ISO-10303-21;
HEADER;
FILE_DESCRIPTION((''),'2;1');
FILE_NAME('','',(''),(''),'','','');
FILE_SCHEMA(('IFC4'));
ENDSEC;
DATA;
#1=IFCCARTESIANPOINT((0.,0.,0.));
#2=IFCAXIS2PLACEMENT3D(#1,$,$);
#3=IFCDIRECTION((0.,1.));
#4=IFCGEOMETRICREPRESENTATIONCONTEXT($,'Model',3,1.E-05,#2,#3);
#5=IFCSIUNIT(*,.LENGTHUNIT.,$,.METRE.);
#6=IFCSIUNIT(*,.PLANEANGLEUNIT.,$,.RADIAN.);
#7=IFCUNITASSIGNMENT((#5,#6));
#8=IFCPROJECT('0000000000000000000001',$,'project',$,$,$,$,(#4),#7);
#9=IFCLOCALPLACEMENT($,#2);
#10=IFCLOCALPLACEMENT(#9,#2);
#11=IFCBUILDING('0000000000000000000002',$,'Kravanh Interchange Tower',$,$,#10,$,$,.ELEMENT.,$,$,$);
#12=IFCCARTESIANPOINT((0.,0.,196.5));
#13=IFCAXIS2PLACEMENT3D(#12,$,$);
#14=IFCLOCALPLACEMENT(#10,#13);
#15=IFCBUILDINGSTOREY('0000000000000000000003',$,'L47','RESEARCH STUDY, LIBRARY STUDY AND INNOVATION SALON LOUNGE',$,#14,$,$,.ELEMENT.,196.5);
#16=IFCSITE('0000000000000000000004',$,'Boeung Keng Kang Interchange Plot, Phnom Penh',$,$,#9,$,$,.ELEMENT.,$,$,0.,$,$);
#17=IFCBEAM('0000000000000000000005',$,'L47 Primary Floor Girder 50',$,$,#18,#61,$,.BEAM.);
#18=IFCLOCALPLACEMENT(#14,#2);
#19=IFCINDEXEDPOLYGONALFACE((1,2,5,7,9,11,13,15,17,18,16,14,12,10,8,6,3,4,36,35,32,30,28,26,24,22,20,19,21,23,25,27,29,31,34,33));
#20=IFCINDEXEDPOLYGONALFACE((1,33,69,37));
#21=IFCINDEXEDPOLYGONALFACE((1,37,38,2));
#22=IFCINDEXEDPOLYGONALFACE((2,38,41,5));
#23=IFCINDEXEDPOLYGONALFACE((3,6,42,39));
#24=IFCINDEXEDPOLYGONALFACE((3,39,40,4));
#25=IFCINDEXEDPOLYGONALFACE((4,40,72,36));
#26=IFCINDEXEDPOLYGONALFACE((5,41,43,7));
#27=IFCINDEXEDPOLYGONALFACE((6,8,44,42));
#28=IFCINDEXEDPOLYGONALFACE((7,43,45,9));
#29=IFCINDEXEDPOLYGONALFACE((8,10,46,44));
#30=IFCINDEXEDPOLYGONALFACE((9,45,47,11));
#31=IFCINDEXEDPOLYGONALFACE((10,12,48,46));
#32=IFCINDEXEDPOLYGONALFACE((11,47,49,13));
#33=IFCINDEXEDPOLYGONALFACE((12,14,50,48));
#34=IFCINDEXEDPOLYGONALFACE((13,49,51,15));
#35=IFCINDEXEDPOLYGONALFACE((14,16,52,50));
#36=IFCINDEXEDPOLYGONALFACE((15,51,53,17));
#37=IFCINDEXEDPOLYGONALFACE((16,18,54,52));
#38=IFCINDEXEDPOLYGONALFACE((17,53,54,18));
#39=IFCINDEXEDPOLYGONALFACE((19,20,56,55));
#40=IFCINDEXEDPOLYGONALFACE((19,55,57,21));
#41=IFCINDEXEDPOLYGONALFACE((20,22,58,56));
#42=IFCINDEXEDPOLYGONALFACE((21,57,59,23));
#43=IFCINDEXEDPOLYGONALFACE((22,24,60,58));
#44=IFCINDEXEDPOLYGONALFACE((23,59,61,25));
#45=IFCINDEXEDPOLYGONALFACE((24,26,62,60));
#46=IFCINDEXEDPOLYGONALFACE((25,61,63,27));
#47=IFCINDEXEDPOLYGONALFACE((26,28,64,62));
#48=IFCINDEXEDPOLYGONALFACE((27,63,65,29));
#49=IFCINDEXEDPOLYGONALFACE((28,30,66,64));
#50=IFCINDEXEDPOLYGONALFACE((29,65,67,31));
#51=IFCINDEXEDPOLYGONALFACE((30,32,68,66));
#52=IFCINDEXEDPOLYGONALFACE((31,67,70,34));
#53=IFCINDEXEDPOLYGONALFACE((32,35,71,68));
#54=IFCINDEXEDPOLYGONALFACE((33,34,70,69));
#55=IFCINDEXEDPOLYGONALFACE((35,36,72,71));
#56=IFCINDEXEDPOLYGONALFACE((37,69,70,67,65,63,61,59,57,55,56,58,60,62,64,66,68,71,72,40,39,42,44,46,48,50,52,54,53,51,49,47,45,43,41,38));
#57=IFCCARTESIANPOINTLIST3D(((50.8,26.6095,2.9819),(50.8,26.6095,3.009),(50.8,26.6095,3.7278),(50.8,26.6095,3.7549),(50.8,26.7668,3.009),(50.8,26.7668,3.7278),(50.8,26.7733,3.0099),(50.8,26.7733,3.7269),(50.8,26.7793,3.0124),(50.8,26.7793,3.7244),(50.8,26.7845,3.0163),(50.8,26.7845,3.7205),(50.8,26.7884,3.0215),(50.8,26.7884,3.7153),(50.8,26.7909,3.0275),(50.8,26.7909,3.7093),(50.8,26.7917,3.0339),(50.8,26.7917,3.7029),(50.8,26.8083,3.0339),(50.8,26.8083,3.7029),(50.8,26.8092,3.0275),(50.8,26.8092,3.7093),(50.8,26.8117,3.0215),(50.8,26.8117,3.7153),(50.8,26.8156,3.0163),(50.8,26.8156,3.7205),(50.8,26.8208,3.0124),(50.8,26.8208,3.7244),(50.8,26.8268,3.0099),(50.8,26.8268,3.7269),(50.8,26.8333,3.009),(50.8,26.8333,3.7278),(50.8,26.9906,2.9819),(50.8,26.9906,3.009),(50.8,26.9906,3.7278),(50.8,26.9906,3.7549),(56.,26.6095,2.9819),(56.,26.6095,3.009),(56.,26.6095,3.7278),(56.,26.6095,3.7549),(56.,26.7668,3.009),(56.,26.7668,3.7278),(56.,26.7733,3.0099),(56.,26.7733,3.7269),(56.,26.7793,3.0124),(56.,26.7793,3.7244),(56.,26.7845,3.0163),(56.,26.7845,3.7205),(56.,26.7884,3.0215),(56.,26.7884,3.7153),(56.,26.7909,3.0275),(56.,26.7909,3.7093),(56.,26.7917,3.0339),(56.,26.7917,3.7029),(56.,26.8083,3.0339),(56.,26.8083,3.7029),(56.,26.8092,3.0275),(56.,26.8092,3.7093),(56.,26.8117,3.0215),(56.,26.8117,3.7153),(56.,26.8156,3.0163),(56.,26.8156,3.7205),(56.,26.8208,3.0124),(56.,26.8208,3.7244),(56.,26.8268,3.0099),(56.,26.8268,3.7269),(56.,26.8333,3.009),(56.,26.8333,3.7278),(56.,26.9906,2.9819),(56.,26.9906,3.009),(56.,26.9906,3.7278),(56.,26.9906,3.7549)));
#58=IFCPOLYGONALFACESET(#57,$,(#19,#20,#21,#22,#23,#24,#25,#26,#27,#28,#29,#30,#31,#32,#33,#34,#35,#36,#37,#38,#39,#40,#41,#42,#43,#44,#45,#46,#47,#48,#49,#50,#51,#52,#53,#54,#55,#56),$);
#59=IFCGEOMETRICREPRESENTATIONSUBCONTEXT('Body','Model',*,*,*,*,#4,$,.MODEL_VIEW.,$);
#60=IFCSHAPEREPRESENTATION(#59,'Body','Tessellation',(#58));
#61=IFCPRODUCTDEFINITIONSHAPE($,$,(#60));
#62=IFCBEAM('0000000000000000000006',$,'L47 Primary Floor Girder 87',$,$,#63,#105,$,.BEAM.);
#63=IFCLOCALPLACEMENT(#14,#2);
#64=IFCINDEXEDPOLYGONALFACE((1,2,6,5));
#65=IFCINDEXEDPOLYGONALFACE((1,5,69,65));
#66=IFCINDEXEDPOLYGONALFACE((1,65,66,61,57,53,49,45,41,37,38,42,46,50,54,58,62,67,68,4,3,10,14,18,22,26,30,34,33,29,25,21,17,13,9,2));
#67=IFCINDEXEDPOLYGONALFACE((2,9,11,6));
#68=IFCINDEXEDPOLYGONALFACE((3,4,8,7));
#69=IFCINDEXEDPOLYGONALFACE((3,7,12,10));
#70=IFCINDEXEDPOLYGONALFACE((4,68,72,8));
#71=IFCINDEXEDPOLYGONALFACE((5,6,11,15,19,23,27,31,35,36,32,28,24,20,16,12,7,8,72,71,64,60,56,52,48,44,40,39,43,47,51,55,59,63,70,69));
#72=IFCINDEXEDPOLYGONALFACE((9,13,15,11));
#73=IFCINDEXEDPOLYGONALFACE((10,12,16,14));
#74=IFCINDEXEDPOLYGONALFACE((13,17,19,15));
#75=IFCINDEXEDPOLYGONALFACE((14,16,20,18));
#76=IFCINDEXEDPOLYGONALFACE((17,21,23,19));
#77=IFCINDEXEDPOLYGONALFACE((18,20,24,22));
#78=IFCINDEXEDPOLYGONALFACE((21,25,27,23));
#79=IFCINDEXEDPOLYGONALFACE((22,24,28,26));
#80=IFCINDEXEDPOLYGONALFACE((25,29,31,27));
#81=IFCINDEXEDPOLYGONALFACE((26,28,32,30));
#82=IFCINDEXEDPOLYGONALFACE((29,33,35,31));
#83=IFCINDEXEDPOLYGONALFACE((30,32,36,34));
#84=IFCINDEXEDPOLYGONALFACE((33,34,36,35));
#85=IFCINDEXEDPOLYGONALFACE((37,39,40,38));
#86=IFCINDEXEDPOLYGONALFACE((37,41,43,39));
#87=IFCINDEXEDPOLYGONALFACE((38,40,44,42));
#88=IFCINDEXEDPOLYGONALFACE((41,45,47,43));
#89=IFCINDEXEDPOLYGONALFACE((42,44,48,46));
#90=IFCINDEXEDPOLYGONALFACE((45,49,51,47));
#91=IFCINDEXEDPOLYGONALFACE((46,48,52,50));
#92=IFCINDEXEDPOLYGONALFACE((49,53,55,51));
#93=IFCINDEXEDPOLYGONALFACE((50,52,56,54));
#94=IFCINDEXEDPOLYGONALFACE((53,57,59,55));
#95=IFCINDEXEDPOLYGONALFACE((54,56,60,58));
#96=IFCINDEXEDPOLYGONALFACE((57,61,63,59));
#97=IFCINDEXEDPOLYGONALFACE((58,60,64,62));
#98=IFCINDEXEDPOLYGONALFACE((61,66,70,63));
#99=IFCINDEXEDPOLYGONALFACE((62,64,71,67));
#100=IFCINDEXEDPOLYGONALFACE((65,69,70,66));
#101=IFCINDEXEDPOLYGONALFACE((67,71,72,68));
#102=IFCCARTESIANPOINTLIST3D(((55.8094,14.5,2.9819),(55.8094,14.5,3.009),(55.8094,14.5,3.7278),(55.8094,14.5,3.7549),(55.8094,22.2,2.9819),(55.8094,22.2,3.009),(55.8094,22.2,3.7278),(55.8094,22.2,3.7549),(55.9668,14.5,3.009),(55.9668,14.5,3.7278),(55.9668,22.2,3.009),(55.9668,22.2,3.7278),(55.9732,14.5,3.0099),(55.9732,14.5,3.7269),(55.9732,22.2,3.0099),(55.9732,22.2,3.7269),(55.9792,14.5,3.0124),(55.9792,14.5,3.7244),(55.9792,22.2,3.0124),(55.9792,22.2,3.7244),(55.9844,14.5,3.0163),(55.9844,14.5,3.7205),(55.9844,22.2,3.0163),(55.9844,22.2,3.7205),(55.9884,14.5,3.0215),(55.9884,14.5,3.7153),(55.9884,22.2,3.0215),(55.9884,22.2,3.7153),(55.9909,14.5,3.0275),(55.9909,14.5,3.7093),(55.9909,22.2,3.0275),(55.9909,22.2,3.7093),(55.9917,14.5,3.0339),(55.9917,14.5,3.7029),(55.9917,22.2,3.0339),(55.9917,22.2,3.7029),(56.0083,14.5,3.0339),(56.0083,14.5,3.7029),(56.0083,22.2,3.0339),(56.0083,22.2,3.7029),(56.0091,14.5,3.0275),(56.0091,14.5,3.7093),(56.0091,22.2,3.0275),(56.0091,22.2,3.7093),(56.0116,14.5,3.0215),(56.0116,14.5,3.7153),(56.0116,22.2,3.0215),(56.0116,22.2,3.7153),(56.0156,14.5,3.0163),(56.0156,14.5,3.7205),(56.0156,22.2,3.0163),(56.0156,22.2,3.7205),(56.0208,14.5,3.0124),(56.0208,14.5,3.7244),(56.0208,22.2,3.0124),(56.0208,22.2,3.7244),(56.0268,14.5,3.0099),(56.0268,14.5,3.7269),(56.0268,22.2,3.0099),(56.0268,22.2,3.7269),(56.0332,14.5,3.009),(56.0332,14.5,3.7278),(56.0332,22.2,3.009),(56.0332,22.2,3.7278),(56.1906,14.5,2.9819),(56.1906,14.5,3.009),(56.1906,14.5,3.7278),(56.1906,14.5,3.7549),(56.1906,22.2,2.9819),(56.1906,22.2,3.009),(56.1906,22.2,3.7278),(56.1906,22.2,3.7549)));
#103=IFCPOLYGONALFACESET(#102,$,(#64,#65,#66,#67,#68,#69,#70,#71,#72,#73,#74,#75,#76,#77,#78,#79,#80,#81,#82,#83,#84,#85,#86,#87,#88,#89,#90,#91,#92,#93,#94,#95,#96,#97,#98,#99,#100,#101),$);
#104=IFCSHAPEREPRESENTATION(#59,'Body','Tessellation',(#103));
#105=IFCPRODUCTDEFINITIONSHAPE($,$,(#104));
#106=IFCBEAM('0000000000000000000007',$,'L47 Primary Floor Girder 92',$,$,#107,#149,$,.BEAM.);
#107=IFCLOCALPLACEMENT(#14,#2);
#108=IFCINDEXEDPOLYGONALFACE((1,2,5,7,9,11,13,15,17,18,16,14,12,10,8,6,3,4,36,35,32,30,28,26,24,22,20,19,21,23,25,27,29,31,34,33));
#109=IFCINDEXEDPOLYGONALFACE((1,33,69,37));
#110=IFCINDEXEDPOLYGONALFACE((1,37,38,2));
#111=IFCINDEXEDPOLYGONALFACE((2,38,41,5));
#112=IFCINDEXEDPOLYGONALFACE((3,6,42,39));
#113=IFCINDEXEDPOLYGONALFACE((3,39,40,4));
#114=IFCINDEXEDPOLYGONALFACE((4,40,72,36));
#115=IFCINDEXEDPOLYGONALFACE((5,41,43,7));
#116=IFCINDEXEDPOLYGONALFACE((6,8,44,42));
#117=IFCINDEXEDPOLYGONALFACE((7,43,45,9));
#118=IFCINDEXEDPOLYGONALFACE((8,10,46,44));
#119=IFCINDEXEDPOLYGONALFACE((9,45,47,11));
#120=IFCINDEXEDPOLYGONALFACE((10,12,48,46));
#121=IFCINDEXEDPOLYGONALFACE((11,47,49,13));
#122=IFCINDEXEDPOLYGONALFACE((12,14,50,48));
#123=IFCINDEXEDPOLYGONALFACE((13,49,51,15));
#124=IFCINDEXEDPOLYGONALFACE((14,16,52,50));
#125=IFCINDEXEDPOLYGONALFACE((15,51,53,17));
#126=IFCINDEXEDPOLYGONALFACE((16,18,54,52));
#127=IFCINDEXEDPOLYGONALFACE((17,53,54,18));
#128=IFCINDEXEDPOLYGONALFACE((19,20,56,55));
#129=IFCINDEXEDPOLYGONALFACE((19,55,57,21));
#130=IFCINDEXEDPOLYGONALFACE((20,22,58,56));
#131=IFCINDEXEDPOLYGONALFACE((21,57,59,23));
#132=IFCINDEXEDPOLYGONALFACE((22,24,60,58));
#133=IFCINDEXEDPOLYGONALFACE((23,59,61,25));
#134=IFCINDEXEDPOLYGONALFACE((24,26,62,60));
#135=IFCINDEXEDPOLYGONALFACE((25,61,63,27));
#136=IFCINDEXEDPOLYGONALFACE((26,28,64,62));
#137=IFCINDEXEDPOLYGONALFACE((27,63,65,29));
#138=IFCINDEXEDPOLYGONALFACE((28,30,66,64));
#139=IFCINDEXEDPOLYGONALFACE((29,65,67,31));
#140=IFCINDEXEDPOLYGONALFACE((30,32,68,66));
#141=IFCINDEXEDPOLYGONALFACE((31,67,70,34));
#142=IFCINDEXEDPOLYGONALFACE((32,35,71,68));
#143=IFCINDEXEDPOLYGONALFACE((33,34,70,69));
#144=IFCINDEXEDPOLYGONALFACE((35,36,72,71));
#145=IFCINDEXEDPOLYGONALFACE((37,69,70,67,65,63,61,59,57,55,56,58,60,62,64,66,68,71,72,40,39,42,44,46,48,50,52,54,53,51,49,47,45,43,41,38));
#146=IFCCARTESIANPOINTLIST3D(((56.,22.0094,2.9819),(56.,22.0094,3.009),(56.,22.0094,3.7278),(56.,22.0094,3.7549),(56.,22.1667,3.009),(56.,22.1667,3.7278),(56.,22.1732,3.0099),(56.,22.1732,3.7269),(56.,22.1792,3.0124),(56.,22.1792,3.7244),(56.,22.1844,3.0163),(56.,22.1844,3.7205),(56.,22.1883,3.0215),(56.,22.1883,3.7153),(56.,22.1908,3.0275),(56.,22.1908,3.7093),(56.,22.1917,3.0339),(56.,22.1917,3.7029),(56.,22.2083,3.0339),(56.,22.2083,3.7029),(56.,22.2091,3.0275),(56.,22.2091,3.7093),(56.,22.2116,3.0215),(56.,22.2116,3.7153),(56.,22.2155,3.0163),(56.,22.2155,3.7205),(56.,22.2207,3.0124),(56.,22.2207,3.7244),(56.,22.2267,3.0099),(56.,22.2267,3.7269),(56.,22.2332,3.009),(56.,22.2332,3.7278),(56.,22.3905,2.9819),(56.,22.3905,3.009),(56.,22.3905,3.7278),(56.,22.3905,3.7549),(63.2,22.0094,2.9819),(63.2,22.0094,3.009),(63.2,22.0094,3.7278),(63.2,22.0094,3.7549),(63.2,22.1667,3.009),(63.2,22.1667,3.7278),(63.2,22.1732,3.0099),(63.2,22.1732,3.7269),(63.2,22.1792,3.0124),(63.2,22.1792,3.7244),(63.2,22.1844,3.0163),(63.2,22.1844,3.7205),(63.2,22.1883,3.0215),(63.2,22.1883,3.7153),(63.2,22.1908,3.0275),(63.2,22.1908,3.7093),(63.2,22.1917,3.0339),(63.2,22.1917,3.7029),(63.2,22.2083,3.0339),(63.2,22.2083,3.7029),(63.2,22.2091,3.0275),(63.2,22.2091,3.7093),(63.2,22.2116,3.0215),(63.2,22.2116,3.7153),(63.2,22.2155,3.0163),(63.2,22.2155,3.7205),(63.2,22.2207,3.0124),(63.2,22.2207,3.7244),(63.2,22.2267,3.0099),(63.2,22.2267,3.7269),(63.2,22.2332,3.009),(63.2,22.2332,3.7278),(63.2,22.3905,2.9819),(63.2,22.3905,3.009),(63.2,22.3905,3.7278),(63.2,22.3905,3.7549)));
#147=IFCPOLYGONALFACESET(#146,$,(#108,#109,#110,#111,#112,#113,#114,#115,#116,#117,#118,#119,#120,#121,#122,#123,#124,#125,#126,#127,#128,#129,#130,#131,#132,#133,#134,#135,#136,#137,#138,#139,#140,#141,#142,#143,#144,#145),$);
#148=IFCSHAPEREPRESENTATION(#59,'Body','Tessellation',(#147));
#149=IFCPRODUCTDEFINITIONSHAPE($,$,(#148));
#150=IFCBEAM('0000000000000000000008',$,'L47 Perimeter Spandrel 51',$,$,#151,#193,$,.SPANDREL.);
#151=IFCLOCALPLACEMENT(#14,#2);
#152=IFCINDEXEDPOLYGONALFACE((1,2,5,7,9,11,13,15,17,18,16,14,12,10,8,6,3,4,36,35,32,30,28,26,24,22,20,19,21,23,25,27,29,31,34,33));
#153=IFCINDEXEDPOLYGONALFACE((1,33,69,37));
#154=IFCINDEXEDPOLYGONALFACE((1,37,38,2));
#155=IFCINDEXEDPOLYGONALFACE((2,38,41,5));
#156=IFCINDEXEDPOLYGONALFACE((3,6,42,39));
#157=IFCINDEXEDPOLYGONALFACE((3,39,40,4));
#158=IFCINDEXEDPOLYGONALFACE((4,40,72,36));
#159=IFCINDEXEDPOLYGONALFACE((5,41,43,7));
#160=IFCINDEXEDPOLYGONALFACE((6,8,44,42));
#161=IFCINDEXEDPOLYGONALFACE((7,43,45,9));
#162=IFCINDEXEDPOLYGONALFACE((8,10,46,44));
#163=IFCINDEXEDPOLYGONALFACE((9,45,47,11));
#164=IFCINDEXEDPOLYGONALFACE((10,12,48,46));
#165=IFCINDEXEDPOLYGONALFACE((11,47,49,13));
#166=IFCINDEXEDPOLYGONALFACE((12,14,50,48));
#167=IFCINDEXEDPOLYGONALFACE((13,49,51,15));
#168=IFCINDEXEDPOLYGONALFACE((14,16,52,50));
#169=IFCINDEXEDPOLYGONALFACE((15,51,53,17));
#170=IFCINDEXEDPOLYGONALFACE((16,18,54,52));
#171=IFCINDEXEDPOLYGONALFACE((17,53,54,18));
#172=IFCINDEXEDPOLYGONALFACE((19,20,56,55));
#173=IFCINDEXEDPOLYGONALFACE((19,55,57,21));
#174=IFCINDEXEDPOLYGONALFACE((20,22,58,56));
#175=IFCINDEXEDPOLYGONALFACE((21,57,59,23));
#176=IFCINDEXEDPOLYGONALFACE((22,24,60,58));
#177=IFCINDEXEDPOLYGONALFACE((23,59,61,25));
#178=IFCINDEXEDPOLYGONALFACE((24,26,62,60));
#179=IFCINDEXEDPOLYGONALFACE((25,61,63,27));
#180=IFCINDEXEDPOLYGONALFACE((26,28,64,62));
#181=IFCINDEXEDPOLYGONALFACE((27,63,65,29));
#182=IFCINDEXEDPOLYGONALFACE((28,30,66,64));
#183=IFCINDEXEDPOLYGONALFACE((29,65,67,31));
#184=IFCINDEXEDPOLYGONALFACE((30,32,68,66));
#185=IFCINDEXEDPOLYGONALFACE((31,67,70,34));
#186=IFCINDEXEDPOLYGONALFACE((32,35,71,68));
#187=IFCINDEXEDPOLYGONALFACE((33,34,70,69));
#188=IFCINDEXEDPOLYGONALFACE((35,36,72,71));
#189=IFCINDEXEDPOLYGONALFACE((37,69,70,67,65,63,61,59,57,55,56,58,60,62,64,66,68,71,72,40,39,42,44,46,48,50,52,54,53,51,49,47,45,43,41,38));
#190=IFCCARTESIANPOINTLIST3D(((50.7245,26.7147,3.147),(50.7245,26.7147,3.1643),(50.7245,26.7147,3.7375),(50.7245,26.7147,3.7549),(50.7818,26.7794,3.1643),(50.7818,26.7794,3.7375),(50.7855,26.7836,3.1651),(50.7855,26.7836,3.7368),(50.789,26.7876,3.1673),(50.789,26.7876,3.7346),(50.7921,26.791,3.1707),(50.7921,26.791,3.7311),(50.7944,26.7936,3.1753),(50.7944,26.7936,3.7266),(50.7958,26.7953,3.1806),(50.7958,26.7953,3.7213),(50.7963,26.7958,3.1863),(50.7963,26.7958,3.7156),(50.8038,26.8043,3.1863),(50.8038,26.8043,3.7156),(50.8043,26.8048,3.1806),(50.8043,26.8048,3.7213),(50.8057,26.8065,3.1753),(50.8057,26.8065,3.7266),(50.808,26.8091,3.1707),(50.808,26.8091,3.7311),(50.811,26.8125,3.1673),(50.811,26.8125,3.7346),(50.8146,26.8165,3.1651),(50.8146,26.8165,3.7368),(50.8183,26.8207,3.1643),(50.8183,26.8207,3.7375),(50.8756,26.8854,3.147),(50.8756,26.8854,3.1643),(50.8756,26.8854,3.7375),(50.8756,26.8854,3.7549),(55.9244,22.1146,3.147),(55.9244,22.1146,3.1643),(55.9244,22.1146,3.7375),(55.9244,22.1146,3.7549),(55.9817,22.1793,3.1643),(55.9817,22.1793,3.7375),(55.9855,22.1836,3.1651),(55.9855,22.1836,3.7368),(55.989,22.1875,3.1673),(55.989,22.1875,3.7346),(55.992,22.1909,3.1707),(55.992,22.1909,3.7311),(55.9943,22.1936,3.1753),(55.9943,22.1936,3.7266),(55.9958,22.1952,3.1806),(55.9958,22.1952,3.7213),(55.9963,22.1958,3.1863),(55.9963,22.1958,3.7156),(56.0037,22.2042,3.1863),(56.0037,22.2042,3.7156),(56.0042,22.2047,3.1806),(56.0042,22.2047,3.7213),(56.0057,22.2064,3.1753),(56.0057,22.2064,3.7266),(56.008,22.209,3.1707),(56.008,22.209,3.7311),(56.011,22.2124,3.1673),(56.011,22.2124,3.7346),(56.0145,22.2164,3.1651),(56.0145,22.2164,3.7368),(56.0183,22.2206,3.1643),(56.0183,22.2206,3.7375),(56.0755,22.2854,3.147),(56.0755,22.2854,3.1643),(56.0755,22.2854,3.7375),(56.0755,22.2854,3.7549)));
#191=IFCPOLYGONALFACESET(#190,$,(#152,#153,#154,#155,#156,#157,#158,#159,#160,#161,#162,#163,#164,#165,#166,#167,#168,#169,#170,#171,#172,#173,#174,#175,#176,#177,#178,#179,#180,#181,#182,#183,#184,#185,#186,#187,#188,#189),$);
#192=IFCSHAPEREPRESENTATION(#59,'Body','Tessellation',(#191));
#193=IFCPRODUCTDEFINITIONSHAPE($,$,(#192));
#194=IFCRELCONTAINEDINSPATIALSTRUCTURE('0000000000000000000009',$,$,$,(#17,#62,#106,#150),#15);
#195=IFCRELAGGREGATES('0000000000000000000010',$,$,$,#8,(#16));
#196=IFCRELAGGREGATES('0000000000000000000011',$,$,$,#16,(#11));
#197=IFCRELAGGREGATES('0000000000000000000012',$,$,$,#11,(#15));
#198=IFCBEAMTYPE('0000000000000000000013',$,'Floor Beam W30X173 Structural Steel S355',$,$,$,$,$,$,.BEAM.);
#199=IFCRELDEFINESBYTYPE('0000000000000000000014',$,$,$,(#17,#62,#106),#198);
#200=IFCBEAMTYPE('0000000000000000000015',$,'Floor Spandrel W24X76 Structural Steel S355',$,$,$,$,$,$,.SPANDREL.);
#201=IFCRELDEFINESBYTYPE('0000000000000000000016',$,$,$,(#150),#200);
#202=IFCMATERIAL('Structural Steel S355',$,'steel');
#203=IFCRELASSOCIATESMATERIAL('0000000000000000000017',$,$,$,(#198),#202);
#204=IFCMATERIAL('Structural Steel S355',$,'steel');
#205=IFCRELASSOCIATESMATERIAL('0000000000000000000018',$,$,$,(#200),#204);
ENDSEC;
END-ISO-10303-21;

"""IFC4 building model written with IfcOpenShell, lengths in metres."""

from ifc_helpers import new_model, si_unit, direction, frame, origin, origin_2d, place, context, subcontext, project, spatial, i_section, extrude, material, material_profile, profile_set, type_object, element, save


model = new_model("IFC4")

# Units and contexts
model_context = context("Model", 3, precision=1e-05, world=origin(), true_north=direction((0.0, 1.0)))
body_context = subcontext(model_context, "Body", "Model", "MODEL_VIEW")
ifc_project = project(units=[si_unit("LENGTHUNIT", "METRE"), si_unit("PLANEANGLEUNIT", "RADIAN")], contexts=[model_context])

# Site, building, storey
site_placement = place(None, origin())
site = spatial("IfcSite", under=ifc_project, at=site_placement, Name="Boeung Keng Kang Interchange Plot, Phnom Penh", CompositionType="ELEMENT", RefElevation=0.0)
building_placement = place(site_placement, origin())
building = spatial("IfcBuilding", under=site, at=building_placement, Name="Kravanh Interchange Tower", CompositionType="ELEMENT")
storey_placement = place(building_placement, frame((0.0, 0.0, 196.5)))
storey = spatial("IfcBuildingStorey", under=building, at=storey_placement, Name="L47", Description="RESEARCH STUDY, LIBRARY STUDY AND INNOVATION SALON LOUNGE", CompositionType="ELEMENT", Elevation=196.5)

# Beams
ifc_material_1 = material(Name="Structural Steel S355", Category="steel")
ifc_material_profile_1 = material_profile(ifc_material_1, i_section(OverallWidth=0.3811, OverallDepth=0.7729, WebThickness=0.0166, FlangeThickness=0.0271, FilletRadius=0.0249, at=origin_2d()), Name="W30X173")
ifc_profile_set_1 = profile_set([ifc_material_profile_1], Name="Structural Steel S355")
beam_type_1 = type_object("IfcBeamType", Name="Floor Beam W30X173 Structural Steel S355", PredefinedType="BEAM", material=ifc_profile_set_1)
beam_1_placement = place(storey_placement, frame((50.8, 26.8, 3.3684), z_axis=(1.0, 0.0, 0.0), x_axis=(0.0, 1.0, 0.0)))
element("IfcBeam", 1, at=beam_1_placement, inside=storey, type_object=beam_type_1, Name="L47 Primary Floor Girder 50", PredefinedType="BEAM", context=body_context, shape_type="SweptSolid", body=[
    extrude(i_section(OverallWidth=0.3811, OverallDepth=0.7729, WebThickness=0.0166, FlangeThickness=0.0271, FilletRadius=0.0249, at=origin_2d()), origin(), (0.0, 0.0, 1.0), 5.2),
])
beam_2_placement = place(storey_placement, frame((56.0, 14.5, 3.3684), z_axis=(0.0, 1.0, 0.0), x_axis=(-1.0, 0.0, 0.0)))
element("IfcBeam", 2, at=beam_2_placement, inside=storey, type_object=beam_type_1, Name="L47 Primary Floor Girder 87", PredefinedType="BEAM", context=body_context, shape_type="SweptSolid", body=[
    extrude(i_section(OverallWidth=0.3811, OverallDepth=0.7729, WebThickness=0.0166, FlangeThickness=0.0271, FilletRadius=0.0249, at=origin_2d()), origin(), (0.0, 0.0, 1.0), 7.7),
])
beam_3_placement = place(storey_placement, frame((56.0, 22.2, 3.3684), z_axis=(1.0, 0.0, 0.0), x_axis=(0.0, 1.0, 0.0)))
element("IfcBeam", 3, at=beam_3_placement, inside=storey, type_object=beam_type_1, Name="L47 Primary Floor Girder 92", PredefinedType="BEAM", context=body_context, shape_type="SweptSolid", body=[
    extrude(i_section(OverallWidth=0.3811, OverallDepth=0.7729, WebThickness=0.0166, FlangeThickness=0.0271, FilletRadius=0.0249, at=origin_2d()), origin(), (0.0, 0.0, 1.0), 7.2),
])
ifc_material_2 = material(Name="Structural Steel S355", Category="steel")
ifc_material_profile_2 = material_profile(ifc_material_2, i_section(OverallWidth=0.228, OverallDepth=0.6079, WebThickness=0.0112, FlangeThickness=0.0173, FilletRadius=0.022, at=origin_2d()), Name="W24X76")
ifc_profile_set_2 = profile_set([ifc_material_profile_2], Name="Structural Steel S355")
beam_type_2 = type_object("IfcBeamType", Name="Floor Spandrel W24X76 Structural Steel S355", PredefinedType="SPANDREL", material=ifc_profile_set_2)
beam_4_placement = place(storey_placement, frame((50.8, 26.8, 3.4509), z_axis=(0.748986, -0.662585, 0.0), x_axis=(0.662585, 0.748986, 0.0)))
element("IfcBeam", 4, at=beam_4_placement, inside=storey, type_object=beam_type_2, Name="L47 Perimeter Spandrel 51", PredefinedType="SPANDREL", context=body_context, shape_type="SweptSolid", body=[
    extrude(i_section(OverallWidth=0.228, OverallDepth=0.6079, WebThickness=0.0112, FlangeThickness=0.0173, FilletRadius=0.022, at=origin_2d()), origin(), (0.0, 0.0, 1.0), 6.9426),
])

save(model, "model.ifc")
